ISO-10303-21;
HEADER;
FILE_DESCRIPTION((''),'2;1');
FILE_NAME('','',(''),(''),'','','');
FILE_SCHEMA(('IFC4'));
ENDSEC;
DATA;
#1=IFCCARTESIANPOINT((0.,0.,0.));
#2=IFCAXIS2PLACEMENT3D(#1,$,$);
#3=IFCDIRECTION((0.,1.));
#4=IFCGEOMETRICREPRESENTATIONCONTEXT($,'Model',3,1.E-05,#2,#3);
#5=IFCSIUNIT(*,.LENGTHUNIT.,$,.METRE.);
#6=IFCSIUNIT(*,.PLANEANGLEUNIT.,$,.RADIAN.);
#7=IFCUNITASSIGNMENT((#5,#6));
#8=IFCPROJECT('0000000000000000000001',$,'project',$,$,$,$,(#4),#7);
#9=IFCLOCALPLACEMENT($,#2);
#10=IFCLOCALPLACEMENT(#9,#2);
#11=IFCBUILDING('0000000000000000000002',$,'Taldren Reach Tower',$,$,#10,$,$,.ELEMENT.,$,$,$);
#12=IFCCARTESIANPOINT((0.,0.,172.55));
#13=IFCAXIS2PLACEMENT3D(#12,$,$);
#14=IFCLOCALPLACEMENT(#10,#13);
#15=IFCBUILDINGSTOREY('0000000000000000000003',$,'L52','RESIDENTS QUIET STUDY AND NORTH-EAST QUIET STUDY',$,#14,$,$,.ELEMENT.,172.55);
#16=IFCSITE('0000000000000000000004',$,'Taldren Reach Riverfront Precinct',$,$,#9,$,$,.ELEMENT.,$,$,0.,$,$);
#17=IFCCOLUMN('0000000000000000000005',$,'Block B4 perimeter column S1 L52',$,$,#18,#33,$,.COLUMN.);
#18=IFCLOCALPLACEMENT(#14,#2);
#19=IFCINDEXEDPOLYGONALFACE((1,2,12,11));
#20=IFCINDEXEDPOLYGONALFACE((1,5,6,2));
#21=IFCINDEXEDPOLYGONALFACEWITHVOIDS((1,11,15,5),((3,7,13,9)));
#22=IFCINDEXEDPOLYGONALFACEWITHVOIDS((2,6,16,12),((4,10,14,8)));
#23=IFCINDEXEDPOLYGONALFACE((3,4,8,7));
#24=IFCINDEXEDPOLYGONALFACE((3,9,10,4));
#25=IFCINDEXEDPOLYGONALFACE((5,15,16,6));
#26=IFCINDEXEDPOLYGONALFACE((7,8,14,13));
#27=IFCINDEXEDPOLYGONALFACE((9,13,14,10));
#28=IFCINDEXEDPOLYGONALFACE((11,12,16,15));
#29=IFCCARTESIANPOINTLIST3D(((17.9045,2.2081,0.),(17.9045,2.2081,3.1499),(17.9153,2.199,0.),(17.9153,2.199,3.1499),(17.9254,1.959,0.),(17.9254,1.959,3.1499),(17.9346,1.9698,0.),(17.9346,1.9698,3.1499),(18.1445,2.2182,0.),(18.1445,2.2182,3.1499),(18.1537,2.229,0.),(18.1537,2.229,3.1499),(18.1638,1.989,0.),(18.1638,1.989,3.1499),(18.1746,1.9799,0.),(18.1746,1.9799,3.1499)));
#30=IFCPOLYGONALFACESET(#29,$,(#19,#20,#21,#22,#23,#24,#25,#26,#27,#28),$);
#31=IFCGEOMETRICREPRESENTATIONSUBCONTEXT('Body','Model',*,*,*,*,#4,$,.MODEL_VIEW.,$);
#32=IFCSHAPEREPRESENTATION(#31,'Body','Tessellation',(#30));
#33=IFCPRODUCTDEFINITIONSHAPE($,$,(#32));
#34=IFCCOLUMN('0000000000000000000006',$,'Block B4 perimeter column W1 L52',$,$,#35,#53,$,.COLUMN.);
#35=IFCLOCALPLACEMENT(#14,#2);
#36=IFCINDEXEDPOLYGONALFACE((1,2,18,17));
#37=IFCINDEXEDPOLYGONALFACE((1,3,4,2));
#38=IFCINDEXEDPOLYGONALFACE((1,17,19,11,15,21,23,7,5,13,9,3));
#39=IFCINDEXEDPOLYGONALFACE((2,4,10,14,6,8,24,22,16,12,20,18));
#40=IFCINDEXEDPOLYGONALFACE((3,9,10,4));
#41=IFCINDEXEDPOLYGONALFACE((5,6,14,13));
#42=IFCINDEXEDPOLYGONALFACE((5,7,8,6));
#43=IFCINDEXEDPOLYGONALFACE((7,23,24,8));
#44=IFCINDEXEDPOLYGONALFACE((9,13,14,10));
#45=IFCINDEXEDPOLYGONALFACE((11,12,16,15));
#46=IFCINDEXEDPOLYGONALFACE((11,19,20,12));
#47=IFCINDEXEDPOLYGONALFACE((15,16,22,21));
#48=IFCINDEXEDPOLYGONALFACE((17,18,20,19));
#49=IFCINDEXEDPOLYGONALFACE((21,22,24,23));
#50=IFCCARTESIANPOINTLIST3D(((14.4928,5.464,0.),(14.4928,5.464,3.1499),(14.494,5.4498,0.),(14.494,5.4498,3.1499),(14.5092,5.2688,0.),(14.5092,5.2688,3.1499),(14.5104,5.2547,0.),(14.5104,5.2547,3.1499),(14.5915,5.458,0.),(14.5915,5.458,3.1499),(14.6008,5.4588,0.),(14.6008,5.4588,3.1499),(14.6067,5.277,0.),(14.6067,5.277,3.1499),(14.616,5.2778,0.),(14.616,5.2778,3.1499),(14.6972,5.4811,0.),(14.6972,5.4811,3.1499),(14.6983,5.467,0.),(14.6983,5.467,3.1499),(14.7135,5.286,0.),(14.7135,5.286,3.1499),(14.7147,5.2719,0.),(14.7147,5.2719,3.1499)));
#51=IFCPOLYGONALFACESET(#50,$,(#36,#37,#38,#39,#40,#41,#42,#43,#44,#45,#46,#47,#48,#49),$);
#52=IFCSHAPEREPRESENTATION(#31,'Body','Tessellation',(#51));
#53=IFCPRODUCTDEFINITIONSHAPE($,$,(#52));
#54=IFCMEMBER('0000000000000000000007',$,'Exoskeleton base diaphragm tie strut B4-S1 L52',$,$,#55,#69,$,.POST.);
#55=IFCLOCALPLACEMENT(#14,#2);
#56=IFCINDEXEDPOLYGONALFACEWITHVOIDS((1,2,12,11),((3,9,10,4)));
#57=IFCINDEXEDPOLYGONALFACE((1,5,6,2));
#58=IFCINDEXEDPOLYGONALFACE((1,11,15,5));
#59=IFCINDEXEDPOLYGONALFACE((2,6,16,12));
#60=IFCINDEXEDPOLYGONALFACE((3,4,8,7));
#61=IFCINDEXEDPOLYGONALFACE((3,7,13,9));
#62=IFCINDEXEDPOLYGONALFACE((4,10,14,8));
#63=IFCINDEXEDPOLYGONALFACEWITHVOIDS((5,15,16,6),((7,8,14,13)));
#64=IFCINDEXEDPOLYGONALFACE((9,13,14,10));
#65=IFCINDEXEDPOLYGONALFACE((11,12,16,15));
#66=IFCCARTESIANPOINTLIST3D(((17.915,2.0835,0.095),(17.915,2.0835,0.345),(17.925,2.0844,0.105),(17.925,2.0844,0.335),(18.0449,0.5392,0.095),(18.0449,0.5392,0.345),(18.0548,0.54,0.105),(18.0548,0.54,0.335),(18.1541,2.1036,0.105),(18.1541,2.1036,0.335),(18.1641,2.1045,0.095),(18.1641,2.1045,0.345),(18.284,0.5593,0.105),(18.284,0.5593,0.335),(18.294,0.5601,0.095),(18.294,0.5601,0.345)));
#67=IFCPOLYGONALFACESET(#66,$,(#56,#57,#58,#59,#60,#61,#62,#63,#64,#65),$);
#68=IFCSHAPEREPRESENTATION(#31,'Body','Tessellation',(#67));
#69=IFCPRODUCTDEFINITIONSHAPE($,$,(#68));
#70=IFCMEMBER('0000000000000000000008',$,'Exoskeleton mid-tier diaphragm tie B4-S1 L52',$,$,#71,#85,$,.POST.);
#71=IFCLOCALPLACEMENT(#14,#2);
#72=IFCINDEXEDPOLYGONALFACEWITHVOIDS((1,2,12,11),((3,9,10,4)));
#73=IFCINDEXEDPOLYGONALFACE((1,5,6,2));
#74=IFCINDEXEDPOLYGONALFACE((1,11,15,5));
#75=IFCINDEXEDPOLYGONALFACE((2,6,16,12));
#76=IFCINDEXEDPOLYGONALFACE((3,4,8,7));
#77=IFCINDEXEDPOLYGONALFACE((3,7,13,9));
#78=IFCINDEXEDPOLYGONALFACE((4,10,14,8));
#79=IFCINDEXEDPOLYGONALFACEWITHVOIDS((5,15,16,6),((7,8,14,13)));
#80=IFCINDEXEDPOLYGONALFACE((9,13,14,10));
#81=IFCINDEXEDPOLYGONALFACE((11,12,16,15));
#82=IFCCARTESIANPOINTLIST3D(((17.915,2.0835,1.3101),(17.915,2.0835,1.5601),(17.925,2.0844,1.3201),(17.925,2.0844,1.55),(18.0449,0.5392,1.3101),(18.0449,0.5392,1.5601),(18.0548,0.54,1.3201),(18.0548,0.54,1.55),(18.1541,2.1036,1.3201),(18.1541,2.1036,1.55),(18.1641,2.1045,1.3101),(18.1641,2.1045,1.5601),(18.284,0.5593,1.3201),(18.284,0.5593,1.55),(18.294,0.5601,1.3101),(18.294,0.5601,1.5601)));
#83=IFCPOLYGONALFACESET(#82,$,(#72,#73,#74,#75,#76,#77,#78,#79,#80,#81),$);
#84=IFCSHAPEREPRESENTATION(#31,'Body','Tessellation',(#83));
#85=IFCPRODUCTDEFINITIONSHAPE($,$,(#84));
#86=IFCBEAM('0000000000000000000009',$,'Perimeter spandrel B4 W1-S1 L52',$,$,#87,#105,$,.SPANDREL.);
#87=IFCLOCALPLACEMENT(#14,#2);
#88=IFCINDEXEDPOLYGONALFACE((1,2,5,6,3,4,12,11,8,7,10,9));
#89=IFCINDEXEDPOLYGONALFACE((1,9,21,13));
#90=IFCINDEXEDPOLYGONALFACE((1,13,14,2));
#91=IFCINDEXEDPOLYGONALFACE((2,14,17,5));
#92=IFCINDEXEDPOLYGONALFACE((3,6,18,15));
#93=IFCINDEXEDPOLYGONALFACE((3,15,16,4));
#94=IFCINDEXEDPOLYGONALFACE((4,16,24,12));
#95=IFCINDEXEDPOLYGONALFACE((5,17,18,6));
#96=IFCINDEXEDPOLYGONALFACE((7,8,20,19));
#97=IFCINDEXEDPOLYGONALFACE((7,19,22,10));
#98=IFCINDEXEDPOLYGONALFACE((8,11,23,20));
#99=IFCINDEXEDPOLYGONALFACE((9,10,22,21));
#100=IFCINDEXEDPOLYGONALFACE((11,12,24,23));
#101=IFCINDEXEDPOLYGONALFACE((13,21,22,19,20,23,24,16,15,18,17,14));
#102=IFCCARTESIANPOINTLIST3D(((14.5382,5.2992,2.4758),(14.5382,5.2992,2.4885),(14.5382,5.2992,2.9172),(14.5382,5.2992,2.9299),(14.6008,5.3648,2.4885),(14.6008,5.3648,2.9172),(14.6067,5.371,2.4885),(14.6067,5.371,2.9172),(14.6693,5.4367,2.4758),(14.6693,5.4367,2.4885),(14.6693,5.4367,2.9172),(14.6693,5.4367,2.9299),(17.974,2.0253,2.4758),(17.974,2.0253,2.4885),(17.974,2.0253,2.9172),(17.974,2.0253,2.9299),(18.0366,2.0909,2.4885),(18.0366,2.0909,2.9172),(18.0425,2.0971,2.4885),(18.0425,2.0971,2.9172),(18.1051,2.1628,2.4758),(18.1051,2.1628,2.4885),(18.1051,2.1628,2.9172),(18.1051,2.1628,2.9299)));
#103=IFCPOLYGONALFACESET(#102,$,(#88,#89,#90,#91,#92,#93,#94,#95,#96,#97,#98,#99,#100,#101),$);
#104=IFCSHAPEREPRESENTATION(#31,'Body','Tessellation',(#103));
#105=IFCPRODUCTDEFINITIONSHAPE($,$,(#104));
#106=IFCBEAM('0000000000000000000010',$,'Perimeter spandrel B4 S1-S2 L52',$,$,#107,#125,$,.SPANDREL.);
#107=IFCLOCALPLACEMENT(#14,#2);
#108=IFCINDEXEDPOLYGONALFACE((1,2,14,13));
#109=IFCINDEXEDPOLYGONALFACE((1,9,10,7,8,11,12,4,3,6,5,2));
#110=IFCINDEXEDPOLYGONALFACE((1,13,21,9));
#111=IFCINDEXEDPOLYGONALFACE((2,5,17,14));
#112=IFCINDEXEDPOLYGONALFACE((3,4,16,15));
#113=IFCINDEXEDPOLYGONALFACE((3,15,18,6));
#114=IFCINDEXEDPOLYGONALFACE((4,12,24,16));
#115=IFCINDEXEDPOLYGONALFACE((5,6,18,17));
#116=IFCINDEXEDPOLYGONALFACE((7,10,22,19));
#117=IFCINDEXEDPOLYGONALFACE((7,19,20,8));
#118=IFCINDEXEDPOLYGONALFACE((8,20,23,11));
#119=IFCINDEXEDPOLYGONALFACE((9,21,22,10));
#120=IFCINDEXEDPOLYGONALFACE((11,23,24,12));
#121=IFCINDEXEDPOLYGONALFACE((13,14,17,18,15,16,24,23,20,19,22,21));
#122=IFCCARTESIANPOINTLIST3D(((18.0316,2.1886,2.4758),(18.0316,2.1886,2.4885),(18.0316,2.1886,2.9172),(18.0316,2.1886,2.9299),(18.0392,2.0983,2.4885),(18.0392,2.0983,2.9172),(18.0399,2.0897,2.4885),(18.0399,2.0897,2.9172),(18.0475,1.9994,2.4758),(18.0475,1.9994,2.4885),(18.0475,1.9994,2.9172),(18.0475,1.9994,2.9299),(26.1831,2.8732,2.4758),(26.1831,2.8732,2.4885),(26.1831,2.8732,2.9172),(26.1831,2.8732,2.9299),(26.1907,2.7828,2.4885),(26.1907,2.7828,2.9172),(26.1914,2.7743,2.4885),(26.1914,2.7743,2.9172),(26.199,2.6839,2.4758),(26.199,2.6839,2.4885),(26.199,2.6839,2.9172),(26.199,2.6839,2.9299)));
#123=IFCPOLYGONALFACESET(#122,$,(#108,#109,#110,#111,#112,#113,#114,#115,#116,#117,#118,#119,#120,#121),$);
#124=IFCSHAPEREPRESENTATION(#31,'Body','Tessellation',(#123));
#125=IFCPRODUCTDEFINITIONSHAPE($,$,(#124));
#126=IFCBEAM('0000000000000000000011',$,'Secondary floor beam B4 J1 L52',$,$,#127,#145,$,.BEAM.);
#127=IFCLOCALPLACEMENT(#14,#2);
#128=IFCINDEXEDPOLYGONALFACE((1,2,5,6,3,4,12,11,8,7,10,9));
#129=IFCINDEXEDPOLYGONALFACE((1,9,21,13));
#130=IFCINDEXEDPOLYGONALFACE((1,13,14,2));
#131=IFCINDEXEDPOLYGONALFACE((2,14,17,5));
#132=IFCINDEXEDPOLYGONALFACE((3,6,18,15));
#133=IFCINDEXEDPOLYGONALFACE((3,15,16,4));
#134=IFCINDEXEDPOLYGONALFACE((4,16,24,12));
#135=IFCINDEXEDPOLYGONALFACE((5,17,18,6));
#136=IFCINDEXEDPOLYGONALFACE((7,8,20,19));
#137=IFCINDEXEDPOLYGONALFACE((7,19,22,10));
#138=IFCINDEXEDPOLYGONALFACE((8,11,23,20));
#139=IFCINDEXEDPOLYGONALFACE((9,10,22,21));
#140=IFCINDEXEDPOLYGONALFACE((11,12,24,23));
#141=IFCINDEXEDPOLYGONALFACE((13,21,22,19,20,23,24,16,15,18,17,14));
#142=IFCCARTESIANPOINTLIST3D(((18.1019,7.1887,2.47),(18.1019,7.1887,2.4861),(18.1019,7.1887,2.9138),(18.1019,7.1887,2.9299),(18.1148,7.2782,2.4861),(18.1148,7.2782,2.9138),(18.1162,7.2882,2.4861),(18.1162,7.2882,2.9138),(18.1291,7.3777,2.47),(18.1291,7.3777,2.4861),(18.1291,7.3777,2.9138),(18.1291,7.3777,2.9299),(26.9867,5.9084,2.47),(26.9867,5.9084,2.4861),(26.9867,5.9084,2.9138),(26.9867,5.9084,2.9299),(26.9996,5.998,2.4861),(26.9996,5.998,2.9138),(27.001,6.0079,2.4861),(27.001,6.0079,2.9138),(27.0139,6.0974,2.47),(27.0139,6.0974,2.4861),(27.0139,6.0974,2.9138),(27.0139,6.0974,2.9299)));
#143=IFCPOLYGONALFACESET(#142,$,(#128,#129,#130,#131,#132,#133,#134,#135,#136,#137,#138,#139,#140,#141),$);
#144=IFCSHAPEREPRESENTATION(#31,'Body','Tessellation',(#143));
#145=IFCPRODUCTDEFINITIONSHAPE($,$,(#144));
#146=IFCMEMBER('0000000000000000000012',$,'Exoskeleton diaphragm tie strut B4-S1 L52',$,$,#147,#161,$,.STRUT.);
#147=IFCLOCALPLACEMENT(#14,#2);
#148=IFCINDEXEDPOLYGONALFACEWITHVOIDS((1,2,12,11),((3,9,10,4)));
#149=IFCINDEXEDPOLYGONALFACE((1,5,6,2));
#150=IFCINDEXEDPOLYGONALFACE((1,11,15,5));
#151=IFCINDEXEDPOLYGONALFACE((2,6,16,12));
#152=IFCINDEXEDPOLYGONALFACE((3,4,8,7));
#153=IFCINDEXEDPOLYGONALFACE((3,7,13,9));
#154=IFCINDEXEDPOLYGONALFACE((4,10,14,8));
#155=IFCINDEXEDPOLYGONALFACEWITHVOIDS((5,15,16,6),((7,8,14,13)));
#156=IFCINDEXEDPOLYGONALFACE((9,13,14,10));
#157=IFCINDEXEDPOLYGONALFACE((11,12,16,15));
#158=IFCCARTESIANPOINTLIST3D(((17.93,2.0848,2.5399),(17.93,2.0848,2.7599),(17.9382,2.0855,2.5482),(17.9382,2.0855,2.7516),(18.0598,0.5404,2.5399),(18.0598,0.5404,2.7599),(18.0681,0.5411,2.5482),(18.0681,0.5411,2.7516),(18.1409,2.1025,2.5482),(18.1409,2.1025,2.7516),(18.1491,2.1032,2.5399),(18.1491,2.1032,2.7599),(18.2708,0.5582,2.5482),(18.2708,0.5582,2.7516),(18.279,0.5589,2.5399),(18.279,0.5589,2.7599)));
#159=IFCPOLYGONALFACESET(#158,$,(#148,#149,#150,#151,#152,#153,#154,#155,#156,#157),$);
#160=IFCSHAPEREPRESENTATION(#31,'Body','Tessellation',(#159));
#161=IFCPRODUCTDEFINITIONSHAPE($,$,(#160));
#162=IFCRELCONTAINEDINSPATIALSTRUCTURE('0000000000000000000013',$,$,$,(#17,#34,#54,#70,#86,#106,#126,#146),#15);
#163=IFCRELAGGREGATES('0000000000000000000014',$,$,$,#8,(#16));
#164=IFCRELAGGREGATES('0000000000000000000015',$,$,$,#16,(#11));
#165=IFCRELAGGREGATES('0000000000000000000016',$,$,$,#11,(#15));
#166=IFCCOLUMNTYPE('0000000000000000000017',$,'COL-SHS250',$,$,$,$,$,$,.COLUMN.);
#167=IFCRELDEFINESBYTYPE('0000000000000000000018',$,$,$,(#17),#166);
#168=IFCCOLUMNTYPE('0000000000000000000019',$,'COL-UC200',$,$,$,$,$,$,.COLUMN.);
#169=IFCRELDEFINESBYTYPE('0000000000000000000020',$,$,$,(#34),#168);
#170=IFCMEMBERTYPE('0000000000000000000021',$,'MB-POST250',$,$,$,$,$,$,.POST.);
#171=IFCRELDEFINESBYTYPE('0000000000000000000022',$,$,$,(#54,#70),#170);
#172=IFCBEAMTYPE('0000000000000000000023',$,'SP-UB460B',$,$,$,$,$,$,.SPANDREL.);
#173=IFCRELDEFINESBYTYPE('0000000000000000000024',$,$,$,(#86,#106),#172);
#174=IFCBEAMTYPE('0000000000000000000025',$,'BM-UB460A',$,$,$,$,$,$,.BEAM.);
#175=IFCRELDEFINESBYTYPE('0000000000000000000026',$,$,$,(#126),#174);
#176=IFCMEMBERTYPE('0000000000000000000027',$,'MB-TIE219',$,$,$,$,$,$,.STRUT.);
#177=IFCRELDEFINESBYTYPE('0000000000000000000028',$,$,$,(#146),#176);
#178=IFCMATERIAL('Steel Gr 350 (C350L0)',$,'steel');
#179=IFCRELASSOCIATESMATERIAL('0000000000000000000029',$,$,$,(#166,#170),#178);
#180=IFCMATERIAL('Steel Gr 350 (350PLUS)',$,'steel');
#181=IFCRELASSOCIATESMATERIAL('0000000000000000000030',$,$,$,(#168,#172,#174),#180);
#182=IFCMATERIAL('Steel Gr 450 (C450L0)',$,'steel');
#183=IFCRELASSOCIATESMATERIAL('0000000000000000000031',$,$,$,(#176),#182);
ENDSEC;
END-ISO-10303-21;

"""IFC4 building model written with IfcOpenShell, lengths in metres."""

from ifc_helpers import new_model, si_unit, direction, frame, origin, origin_2d, place, context, subcontext, project, spatial, hollow_rectangle, i_section, extrude, source, transform, mapped, material, material_profile, profile_set, type_object, element, save


model = new_model("IFC4")

# Units and contexts
model_context = context("Model", 3, precision=1e-05, world=origin(), true_north=direction((0.0, 1.0)))
body_context = subcontext(model_context, "Body", "Model", "MODEL_VIEW")
ifc_project = project(units=[si_unit("LENGTHUNIT", "METRE"), si_unit("PLANEANGLEUNIT", "RADIAN")], contexts=[model_context])

# Site, building, storey
site_placement = place(None, origin())
site = spatial("IfcSite", under=ifc_project, at=site_placement, Name="Taldren Reach Riverfront Precinct", CompositionType="ELEMENT", RefElevation=0.0)
building_placement = place(site_placement, origin())
building = spatial("IfcBuilding", under=site, at=building_placement, Name="Taldren Reach Tower", CompositionType="ELEMENT")
storey_placement = place(building_placement, frame((0.0, 0.0, 172.55)))
storey = spatial("IfcBuildingStorey", under=building, at=storey_placement, Name="L52", Description="RESIDENTS QUIET STUDY AND NORTH-EAST QUIET STUDY", CompositionType="ELEMENT", Elevation=172.55)

# Columns
ifc_material_1 = material(Name="Steel Gr 350 (C350L0)", Category="steel")
ifc_material_profile_1 = material_profile(ifc_material_1, hollow_rectangle(XDim=0.25, YDim=0.25, WallThickness=0.01, at=origin_2d()), Name="250x250x10.0SHS")
ifc_profile_set_1 = profile_set([ifc_material_profile_1], Name="Steel Gr 350 (C350L0)")
column_type_1 = type_object("IfcColumnType", Name="COL-SHS250", PredefinedType="COLUMN", material=ifc_profile_set_1)
shared_shape_1 = source(origin(), body_context, "Body", "SweptSolid", [
    extrude(hollow_rectangle(XDim=0.25, YDim=0.25, WallThickness=0.01, at=origin_2d()), origin(), (0.0, 0.0, 1.0), 3.1499),
])
column_1_placement = place(storey_placement, frame((18.0396, 2.094, 0.0), z_axis=(0.0, 0.0, 1.0), x_axis=(0.996493, 0.083678, 0.0)))
element("IfcColumn", 1, at=column_1_placement, inside=storey, type_object=column_type_1, Name="Block B4 perimeter column S1 L52", PredefinedType="COLUMN", context=body_context, shape_type="MappedRepresentation", body=[
    mapped(shared_shape_1, transform((0.0, 0.0, 0.0), scale=1.0)),
])
ifc_material_2 = material(Name="Steel Gr 350 (350PLUS)", Category="steel")
ifc_material_profile_2 = material_profile(ifc_material_2, i_section(OverallWidth=0.2051, OverallDepth=0.21, WebThickness=0.0093, FlangeThickness=0.0142, at=origin_2d()), Name="200UC59.5")
ifc_profile_set_2 = profile_set([ifc_material_profile_2], Name="Steel Gr 350 (350PLUS)")
column_type_2 = type_object("IfcColumnType", Name="COL-UC200", PredefinedType="COLUMN", material=ifc_profile_set_2)
shared_shape_2 = source(origin(), body_context, "Body", "SweptSolid", [
    extrude(i_section(OverallWidth=0.2051, OverallDepth=0.21, WebThickness=0.0093, FlangeThickness=0.0142, at=origin_2d()), origin(), (0.0, 0.0, 1.0), 3.1499),
])
column_2_placement = place(storey_placement, frame((14.6038, 5.3679, 0.0), z_axis=(0.0, 0.0, 1.0), x_axis=(0.996493, 0.083678, 0.0)))
element("IfcColumn", 2, at=column_2_placement, inside=storey, type_object=column_type_2, Name="Block B4 perimeter column W1 L52", PredefinedType="COLUMN", context=body_context, shape_type="MappedRepresentation", body=[
    mapped(shared_shape_2, transform((0.0, 0.0, 0.0), scale=1.0)),
])

# Members
ifc_material_profile_3 = material_profile(ifc_material_1, hollow_rectangle(XDim=0.25, YDim=0.25, WallThickness=0.01, at=origin_2d()), Name="250x250x10.0SHS")
ifc_profile_set_3 = profile_set([ifc_material_profile_3], Name="Steel Gr 350 (C350L0)")
member_type_1 = type_object("IfcMemberType", Name="MB-POST250", PredefinedType="POST", material=ifc_profile_set_3)
shared_shape_3 = source(origin(), body_context, "Body", "SweptSolid", [
    extrude(hollow_rectangle(XDim=0.25, YDim=0.25, WallThickness=0.01, at=origin_2d()), origin(), (0.0, 0.0, 1.0), 1.5498),
])
for number, where, z_axis, x_axis, name in (
    (3, (18.0396, 2.094, 0.22), (0.083802, -0.996482, 0.0), (0.996482, 0.083802, 0.0), "Exoskeleton base diaphragm tie strut B4-S1 L52"),
    (4, (18.0396, 2.094, 1.4351), (0.083802, -0.996482, 0.0), (0.996482, 0.083802, 0.0), "Exoskeleton mid-tier diaphragm tie B4-S1 L52"),
):
    element("IfcMember", number, at=place(storey_placement, frame(where, z_axis=z_axis, x_axis=x_axis)), inside=storey, type_object=member_type_1, Name=name, PredefinedType="POST", context=body_context, shape_type="MappedRepresentation", body=[
        mapped(shared_shape_3, transform((0.0, 0.0, 0.0), scale=1.0)),
    ])

# Beams
ifc_material_profile_4 = material_profile(ifc_material_2, i_section(OverallWidth=0.1899, OverallDepth=0.4541, WebThickness=0.0085, FlangeThickness=0.0127, at=origin_2d()), Name="460UB67.1")
ifc_profile_set_4 = profile_set([ifc_material_profile_4], Name="Steel Gr 350 (350PLUS)")
beam_type_1 = type_object("IfcBeamType", Name="SP-UB460B", PredefinedType="SPANDREL", material=ifc_profile_set_4)
shared_shape_4 = source(origin(), body_context, "Body", "SweptSolid", [
    extrude(i_section(OverallWidth=0.1899, OverallDepth=0.4541, WebThickness=0.0085, FlangeThickness=0.0127, at=origin_2d()), origin(), (0.0, 0.0, 1.0), 4.7458),
])
beam_1_placement = place(storey_placement, frame((14.6038, 5.3679, 2.7029), z_axis=(0.723954, -0.689848, 0.0), x_axis=(0.689848, 0.723954, 0.0)))
element("IfcBeam", 5, at=beam_1_placement, inside=storey, type_object=beam_type_1, Name="Perimeter spandrel B4 W1-S1 L52", PredefinedType="SPANDREL", context=body_context, shape_type="MappedRepresentation", body=[
    mapped(shared_shape_4, transform((0.0, 0.0, 0.0), scale=1.0)),
])
shared_shape_5 = source(origin(), body_context, "Body", "SweptSolid", [
    extrude(i_section(OverallWidth=0.1899, OverallDepth=0.4541, WebThickness=0.0085, FlangeThickness=0.0127, at=origin_2d()), origin(), (0.0, 0.0, 1.0), 8.1802),
])
beam_2_placement = place(storey_placement, frame((18.0396, 2.094, 2.7029), z_axis=(0.996492, 0.083688, 0.0), x_axis=(-0.083688, 0.996492, 0.0)))
element("IfcBeam", 6, at=beam_2_placement, inside=storey, type_object=beam_type_1, Name="Perimeter spandrel B4 S1-S2 L52", PredefinedType="SPANDREL", context=body_context, shape_type="MappedRepresentation", body=[
    mapped(shared_shape_5, transform((0.0, 0.0, 0.0), scale=1.0)),
])
ifc_material_profile_5 = material_profile(ifc_material_2, i_section(OverallWidth=0.1909, OverallDepth=0.46, WebThickness=0.01, FlangeThickness=0.0161, at=origin_2d()), Name="460UB82.1")
ifc_profile_set_5 = profile_set([ifc_material_profile_5], Name="Steel Gr 350 (350PLUS)")
beam_type_2 = type_object("IfcBeamType", Name="BM-UB460A", PredefinedType="BEAM", material=ifc_profile_set_5)
shared_shape_6 = source(origin(), body_context, "Body", "SweptSolid", [
    extrude(i_section(OverallWidth=0.1909, OverallDepth=0.46, WebThickness=0.01, FlangeThickness=0.0161, at=origin_2d()), origin(), (0.0, 0.0, 1.0), 8.9766),
])
beam_3_placement = place(storey_placement, frame((18.1155, 7.2832, 2.7), z_axis=(0.989777, -0.142624, 0.0), x_axis=(0.142624, 0.989777, 0.0)))
element("IfcBeam", 7, at=beam_3_placement, inside=storey, type_object=beam_type_2, Name="Secondary floor beam B4 J1 L52", PredefinedType="BEAM", context=body_context, shape_type="MappedRepresentation", body=[
    mapped(shared_shape_6, transform((0.0, 0.0, 0.0), scale=1.0)),
])

# Member
ifc_material_3 = material(Name="Steel Gr 450 (C450L0)", Category="steel")
ifc_material_profile_6 = material_profile(ifc_material_3, hollow_rectangle(XDim=0.22, YDim=0.22, WallThickness=0.0083, at=origin_2d()), Name="220x220x8.2SHS")
ifc_profile_set_6 = profile_set([ifc_material_profile_6], Name="Steel Gr 450 (C450L0)")
member_type_2 = type_object("IfcMemberType", Name="MB-TIE219", PredefinedType="STRUT", material=ifc_profile_set_6)
shared_shape_7 = source(origin(), body_context, "Body", "SweptSolid", [
    extrude(hollow_rectangle(XDim=0.22, YDim=0.22, WallThickness=0.0083, at=origin_2d()), origin(), (0.0, 0.0, 1.0), 1.5498),
])
member_1_placement = place(storey_placement, frame((18.0396, 2.094, 2.6499), z_axis=(0.083802, -0.996482, 0.0), x_axis=(0.996482, 0.083802, 0.0)))
element("IfcMember", 8, at=member_1_placement, inside=storey, type_object=member_type_2, Name="Exoskeleton diaphragm tie strut B4-S1 L52", PredefinedType="STRUT", context=body_context, shape_type="MappedRepresentation", body=[
    mapped(shared_shape_7, transform((0.0, 0.0, 0.0), scale=1.0)),
])

save(model, "model.ifc")
